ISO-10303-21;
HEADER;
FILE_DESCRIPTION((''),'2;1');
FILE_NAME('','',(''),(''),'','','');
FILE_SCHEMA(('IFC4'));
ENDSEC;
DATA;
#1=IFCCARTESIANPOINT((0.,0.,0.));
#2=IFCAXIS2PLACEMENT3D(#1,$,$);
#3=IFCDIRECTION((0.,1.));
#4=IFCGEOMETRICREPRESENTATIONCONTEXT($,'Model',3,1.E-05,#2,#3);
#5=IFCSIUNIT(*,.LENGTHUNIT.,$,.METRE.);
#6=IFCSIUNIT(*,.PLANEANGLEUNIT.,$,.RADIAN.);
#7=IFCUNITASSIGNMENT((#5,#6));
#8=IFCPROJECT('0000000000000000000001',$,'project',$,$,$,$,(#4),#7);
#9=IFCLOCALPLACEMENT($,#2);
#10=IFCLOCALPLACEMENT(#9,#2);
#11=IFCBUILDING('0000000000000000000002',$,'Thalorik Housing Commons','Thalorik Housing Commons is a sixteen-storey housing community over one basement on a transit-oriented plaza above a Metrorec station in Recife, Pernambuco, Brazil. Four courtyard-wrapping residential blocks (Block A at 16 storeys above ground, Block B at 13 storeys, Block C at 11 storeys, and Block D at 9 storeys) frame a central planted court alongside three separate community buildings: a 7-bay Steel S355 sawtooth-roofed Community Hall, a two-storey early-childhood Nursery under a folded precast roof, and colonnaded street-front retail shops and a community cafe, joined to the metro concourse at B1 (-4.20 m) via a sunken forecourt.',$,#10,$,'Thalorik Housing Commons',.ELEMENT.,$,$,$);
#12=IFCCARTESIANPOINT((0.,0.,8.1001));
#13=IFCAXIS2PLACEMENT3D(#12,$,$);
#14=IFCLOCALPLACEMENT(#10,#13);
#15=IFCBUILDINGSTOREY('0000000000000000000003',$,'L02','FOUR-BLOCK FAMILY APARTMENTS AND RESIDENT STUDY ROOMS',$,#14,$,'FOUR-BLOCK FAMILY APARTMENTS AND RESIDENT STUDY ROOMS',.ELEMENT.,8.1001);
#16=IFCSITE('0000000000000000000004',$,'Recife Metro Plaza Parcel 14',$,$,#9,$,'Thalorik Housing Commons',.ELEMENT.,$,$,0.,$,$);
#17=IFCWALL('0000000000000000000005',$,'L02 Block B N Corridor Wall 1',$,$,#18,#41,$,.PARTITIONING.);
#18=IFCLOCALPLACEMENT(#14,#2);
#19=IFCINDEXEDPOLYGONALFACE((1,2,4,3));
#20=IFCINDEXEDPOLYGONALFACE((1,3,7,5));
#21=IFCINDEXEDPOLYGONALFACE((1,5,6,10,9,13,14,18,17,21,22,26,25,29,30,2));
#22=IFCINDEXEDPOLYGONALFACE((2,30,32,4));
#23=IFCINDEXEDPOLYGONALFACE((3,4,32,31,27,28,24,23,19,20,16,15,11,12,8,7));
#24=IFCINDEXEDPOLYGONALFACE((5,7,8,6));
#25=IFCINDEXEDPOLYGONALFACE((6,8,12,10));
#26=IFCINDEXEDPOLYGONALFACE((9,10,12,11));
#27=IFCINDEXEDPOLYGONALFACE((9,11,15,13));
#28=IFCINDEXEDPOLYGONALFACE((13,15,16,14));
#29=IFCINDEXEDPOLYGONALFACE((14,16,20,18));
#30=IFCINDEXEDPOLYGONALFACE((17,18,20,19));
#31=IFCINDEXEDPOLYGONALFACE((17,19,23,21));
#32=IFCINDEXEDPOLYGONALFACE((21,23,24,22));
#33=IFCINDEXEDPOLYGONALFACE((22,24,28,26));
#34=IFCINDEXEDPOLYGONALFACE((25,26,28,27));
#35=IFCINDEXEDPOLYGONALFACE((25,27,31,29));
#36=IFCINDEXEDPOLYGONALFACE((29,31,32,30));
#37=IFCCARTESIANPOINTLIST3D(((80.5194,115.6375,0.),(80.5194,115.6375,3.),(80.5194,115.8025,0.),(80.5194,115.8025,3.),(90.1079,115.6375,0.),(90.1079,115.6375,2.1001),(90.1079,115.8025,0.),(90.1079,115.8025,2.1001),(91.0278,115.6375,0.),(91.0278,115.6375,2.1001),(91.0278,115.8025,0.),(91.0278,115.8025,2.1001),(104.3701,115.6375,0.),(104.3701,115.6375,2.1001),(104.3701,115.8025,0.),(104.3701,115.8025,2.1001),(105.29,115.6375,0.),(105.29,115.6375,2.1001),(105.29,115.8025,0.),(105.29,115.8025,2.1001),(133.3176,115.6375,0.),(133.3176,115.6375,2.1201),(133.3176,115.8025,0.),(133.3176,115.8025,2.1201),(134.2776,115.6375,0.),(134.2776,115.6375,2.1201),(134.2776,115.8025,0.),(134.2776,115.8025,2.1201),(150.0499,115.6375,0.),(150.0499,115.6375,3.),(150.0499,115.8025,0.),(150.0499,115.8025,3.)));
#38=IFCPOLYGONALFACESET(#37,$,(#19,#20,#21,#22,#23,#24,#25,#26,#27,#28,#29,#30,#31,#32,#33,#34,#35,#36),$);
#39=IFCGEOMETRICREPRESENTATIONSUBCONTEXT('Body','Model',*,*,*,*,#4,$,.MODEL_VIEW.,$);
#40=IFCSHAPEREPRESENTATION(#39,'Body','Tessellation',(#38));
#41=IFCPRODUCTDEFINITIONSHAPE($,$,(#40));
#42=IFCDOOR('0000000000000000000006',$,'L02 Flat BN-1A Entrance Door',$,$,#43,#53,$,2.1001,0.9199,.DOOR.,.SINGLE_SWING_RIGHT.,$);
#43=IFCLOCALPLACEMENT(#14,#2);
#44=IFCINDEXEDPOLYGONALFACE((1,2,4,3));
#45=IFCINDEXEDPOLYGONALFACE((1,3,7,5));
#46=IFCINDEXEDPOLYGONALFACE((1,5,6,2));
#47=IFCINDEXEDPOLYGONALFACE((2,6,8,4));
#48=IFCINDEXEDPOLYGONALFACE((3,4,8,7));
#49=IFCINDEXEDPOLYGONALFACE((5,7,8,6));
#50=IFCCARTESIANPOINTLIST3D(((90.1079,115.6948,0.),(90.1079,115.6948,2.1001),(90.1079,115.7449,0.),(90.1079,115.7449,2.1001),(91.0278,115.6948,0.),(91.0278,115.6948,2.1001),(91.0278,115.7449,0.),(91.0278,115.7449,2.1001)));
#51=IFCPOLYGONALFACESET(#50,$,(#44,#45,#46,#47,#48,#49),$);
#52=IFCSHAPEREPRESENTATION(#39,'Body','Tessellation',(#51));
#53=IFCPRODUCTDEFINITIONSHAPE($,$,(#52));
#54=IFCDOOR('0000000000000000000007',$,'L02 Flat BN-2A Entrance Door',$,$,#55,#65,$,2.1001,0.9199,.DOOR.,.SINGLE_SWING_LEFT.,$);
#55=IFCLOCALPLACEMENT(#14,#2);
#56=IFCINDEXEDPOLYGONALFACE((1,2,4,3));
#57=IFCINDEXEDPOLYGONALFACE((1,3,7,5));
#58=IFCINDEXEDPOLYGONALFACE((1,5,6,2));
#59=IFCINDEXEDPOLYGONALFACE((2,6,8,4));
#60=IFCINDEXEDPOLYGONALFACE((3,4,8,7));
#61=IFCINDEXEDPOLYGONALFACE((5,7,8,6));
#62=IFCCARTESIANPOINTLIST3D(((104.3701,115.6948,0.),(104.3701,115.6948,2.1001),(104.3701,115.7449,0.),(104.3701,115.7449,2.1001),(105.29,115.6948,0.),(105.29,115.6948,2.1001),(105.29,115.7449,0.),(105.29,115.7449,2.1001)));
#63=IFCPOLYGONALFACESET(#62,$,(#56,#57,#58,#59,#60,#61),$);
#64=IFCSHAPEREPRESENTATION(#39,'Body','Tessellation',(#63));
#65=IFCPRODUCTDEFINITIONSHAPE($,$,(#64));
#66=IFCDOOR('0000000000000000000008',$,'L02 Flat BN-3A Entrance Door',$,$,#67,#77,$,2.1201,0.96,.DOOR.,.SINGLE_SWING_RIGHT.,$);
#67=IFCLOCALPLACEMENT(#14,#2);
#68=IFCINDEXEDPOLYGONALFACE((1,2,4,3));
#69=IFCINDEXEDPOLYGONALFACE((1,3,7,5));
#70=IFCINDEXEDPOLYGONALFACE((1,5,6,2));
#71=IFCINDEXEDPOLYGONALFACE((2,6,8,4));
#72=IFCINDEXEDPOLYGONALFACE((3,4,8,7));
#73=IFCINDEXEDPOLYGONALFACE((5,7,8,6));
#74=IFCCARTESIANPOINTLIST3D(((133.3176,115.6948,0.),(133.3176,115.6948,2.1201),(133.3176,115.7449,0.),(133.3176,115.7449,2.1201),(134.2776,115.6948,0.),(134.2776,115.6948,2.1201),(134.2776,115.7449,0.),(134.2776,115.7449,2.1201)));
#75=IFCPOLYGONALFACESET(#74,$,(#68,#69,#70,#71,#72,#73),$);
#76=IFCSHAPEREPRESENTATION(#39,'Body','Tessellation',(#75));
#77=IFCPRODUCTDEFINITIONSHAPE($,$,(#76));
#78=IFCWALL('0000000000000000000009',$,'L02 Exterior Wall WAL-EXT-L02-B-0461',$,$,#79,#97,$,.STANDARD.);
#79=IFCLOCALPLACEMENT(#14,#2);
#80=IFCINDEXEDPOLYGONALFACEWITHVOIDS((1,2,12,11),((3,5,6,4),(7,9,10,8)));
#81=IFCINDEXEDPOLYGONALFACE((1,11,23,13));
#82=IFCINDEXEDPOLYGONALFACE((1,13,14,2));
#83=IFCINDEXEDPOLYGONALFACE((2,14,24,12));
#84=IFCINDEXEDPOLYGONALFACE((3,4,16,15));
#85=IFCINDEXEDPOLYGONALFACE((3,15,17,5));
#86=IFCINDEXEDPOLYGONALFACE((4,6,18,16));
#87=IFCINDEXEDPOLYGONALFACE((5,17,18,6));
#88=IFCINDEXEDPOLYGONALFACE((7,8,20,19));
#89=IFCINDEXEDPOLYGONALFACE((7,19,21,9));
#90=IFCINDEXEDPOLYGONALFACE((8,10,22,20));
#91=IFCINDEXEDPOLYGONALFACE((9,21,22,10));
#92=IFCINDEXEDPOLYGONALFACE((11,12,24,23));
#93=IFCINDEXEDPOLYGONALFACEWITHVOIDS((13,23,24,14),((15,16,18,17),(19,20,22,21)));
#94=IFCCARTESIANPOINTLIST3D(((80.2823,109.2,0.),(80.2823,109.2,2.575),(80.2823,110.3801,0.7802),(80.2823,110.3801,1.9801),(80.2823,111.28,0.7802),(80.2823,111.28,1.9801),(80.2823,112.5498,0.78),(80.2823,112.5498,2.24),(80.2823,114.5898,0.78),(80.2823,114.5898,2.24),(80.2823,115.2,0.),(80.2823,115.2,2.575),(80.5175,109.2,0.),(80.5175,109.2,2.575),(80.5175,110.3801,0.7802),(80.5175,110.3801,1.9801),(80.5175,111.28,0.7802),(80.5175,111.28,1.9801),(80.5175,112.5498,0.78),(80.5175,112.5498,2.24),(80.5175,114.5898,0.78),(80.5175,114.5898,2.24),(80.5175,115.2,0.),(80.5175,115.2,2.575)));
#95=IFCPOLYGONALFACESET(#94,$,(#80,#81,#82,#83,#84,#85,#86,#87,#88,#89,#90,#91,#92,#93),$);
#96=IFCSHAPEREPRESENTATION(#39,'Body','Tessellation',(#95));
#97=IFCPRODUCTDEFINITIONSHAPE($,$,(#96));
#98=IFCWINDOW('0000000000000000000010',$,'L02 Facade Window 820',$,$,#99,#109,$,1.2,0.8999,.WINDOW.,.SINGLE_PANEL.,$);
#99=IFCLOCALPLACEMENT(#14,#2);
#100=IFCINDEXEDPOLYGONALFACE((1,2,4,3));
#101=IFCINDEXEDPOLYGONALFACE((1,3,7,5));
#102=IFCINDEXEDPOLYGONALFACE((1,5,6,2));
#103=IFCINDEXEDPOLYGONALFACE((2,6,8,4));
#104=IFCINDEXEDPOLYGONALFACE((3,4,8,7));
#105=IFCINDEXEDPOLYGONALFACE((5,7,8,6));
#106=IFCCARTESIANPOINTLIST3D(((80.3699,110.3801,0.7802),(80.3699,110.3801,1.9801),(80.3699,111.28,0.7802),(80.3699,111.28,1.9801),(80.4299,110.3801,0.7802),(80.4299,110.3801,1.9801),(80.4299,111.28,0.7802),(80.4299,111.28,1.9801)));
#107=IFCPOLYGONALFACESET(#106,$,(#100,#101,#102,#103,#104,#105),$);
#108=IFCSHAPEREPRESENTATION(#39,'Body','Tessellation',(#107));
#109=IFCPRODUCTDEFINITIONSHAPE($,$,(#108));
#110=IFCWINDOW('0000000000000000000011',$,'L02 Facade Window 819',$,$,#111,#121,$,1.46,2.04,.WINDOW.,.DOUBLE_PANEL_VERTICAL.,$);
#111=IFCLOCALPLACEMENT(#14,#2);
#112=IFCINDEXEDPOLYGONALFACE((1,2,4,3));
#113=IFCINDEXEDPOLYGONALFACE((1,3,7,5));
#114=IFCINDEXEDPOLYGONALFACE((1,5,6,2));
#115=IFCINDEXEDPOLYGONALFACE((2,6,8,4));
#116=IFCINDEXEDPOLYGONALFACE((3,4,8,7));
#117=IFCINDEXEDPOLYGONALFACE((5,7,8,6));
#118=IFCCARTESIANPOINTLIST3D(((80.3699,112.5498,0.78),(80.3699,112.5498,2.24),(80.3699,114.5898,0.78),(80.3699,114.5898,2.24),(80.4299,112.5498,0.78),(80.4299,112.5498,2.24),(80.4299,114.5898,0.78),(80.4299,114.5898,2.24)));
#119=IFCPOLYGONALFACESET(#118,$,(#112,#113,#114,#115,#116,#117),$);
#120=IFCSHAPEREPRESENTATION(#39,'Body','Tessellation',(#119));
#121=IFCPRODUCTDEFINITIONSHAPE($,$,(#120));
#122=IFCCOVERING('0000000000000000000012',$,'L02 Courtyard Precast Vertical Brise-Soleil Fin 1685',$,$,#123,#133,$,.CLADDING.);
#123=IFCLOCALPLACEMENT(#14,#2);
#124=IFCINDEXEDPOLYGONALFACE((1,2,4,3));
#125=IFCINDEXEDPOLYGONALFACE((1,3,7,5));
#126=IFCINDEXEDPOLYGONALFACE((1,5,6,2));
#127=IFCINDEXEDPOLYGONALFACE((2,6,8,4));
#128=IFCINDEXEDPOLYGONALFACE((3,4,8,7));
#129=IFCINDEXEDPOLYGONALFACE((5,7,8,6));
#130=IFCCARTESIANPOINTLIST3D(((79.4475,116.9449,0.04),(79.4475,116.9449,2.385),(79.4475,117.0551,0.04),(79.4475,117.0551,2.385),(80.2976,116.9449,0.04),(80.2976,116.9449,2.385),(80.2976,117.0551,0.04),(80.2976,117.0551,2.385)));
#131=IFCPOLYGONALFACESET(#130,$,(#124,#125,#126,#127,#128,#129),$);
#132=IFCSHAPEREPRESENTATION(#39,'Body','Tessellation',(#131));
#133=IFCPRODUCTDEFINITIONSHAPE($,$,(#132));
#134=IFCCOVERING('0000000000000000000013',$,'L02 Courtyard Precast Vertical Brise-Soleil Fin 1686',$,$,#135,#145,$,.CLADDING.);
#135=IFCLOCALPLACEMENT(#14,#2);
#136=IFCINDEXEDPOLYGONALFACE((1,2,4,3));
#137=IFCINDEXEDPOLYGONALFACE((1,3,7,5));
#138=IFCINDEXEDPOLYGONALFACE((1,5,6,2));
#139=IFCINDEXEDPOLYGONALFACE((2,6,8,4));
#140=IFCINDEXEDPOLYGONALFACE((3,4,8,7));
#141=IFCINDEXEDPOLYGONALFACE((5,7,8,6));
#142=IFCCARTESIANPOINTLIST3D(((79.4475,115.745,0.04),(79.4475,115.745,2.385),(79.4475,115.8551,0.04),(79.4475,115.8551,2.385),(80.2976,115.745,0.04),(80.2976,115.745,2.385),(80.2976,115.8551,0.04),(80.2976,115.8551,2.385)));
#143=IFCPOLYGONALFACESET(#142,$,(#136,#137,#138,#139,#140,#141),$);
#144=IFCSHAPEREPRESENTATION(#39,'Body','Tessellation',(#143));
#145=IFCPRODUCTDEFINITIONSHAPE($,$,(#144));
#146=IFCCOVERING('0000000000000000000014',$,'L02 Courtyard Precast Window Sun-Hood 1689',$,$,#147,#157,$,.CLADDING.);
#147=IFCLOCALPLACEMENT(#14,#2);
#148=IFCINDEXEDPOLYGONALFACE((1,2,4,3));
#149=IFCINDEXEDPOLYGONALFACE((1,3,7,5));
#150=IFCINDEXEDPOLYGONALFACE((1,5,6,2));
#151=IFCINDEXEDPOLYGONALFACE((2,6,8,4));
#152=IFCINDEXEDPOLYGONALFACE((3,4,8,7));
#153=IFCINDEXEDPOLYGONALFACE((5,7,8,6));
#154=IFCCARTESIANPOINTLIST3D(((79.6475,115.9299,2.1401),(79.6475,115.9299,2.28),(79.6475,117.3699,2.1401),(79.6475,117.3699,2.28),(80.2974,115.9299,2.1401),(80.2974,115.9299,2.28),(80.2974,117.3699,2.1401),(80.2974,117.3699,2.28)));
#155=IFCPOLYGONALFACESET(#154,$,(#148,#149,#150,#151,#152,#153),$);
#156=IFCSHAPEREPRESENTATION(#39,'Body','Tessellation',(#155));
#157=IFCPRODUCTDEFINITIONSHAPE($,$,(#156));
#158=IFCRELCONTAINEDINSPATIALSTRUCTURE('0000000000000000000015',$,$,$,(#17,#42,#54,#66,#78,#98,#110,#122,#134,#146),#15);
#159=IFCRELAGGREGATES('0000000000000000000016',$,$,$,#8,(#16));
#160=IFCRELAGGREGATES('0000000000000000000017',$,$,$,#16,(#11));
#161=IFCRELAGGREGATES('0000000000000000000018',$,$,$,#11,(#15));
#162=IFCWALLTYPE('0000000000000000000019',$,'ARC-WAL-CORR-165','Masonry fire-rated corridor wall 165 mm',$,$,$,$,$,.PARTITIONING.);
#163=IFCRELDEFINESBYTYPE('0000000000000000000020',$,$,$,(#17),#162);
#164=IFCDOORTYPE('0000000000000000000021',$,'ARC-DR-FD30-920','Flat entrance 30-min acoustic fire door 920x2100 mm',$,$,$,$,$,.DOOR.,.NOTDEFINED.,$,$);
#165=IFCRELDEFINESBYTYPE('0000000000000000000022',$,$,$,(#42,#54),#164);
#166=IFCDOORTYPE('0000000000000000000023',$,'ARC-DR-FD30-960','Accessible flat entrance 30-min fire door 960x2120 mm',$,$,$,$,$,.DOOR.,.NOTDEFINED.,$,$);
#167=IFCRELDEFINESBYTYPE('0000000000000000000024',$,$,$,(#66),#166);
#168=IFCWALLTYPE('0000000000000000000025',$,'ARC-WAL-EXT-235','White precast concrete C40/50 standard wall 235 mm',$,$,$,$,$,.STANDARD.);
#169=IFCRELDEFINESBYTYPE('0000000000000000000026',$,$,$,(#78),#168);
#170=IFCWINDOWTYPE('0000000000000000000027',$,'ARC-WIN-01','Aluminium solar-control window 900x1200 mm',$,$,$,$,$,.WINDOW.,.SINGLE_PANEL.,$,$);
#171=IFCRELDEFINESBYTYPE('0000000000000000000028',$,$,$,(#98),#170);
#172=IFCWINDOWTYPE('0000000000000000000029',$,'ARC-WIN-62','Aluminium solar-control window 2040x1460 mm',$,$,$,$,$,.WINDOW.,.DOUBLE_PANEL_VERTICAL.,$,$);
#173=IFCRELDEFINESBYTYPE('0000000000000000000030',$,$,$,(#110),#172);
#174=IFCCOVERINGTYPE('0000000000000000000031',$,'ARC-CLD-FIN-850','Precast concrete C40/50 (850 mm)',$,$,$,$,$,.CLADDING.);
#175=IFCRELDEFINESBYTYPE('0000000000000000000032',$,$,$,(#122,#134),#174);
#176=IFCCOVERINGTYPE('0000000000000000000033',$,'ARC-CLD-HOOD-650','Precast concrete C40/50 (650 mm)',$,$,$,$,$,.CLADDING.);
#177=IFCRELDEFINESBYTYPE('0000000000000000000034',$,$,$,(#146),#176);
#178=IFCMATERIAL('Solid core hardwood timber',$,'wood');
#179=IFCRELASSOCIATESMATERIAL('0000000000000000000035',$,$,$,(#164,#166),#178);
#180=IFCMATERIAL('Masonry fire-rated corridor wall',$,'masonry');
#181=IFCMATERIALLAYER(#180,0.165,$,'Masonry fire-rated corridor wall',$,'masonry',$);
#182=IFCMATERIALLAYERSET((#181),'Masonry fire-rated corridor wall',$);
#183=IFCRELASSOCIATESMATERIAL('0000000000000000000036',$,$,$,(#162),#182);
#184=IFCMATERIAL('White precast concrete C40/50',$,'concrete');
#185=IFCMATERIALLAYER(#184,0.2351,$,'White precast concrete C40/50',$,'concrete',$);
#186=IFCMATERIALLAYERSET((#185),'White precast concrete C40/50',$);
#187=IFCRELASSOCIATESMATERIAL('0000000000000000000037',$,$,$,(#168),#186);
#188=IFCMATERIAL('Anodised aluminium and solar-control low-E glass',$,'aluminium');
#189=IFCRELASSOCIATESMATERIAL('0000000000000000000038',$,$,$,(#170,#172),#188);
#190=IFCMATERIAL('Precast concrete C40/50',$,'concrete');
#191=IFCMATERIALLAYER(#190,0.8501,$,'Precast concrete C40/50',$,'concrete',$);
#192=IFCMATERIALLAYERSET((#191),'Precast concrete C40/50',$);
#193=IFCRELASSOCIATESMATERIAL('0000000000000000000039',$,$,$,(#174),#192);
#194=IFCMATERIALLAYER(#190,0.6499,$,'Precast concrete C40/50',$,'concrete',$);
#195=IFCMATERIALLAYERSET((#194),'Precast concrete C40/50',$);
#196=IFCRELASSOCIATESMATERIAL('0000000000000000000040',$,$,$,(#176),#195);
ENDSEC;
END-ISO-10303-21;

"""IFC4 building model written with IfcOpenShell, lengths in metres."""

from ifc_helpers import new_model, si_unit, direction, frame, frame_2d, origin, origin_2d, place, context, subcontext, project, spatial, rectangle, extrude, material, layer, layer_set, type_object, element, fill, save


model = new_model("IFC4")

# Units and contexts
model_context = context("Model", 3, precision=1e-05, world=origin(), true_north=direction((0.0, 1.0)))
body_context = subcontext(model_context, "Body", "Model", "MODEL_VIEW")
ifc_project = project(units=[si_unit("LENGTHUNIT", "METRE"), si_unit("PLANEANGLEUNIT", "RADIAN")], contexts=[model_context])

# Site, building, storey
site_placement = place(None, origin())
site = spatial("IfcSite", under=ifc_project, at=site_placement, Name="Recife Metro Plaza Parcel 14", LongName="Thalorik Housing Commons", CompositionType="ELEMENT", RefElevation=0.0)
building_placement = place(site_placement, origin())
building = spatial("IfcBuilding", under=site, at=building_placement, Name="Thalorik Housing Commons", Description="Thalorik Housing Commons is a sixteen-storey housing community over one basement on a transit-oriented plaza above a Metrorec station in Recife, Pernambuco, Brazil. Four courtyard-wrapping residential blocks (Block A at 16 storeys above ground, Block B at 13 storeys, Block C at 11 storeys, and Block D at 9 storeys) frame a central planted court alongside three separate community buildings: a 7-bay Steel S355 sawtooth-roofed Community Hall, a two-storey early-childhood Nursery under a folded precast roof, and colonnaded street-front retail shops and a community cafe, joined to the metro concourse at B1 (-4.20 m) via a sunken forecourt.", LongName="Thalorik Housing Commons", CompositionType="ELEMENT")
storey_placement = place(building_placement, frame((0.0, 0.0, 8.1001)))
storey = spatial("IfcBuildingStorey", under=building, at=storey_placement, Name="L02", Description="FOUR-BLOCK FAMILY APARTMENTS AND RESIDENT STUDY ROOMS", LongName="FOUR-BLOCK FAMILY APARTMENTS AND RESIDENT STUDY ROOMS", CompositionType="ELEMENT", Elevation=8.1001)

# Shared definitions
ifc_material_1 = material(Name="Precast concrete C40/50", Category="concrete")

# Wall, openings, doors
ifc_material_2 = material(Name="Masonry fire-rated corridor wall", Category="masonry")
ifc_material_3 = material(Name="Solid core hardwood timber", Category="wood")
door_type_1 = type_object("IfcDoorType", Name="ARC-DR-FD30-920", Description="Flat entrance 30-min acoustic fire door 920x2100 mm", OperationType="NOTDEFINED", PredefinedType="DOOR", material=ifc_material_3)
ifc_layer_1 = layer(ifc_material_2, 0.165, Name="Masonry fire-rated corridor wall", Category="masonry")
ifc_layer_set_1 = layer_set([ifc_layer_1], Name="Masonry fire-rated corridor wall")
wall_type_1 = type_object("IfcWallType", Name="ARC-WAL-CORR-165", Description="Masonry fire-rated corridor wall 165 mm", PredefinedType="PARTITIONING", material=ifc_layer_set_1)
wall_1_placement = place(storey_placement, frame((80.5195, 115.72, 0.0), z_axis=(0.0, 0.0, 1.0), x_axis=(1.0, 0.0, 0.0)))
wall_1 = element("IfcWall", 1, at=wall_1_placement, inside=storey, type_object=wall_type_1, Name="L02 Block B N Corridor Wall 1", PredefinedType="PARTITIONING", context=body_context, shape_type="SweptSolid", body=[
    extrude(rectangle(XDim=69.5305, YDim=0.165, at=frame_2d((34.7651, 0.0))), origin(), (0.0, 0.0, 1.0), 3.0),
])
opening_1_placement = place(wall_1_placement, frame((9.5884, 0.0, 0.0)))
opening_1 = element("IfcOpeningElement", 2, at=opening_1_placement, cuts=wall_1, PredefinedType="OPENING", context=body_context, shape_type="SweptSolid", body=[
    extrude(rectangle(XDim=0.9199, YDim=2.1001, at=frame_2d((0.46, 1.05))), frame((0.0, 0.0925, 0.0), z_axis=(0.0, -1.0, 0.0), x_axis=(1.0, 0.0, 0.0)), (0.0, 0.0, 1.0), 0.1851),
])
opening_2_placement = place(wall_1_placement, frame((23.8506, 0.0, 0.0)))
opening_2 = element("IfcOpeningElement", 3, at=opening_2_placement, cuts=wall_1, PredefinedType="OPENING", context=body_context, shape_type="SweptSolid", body=[
    extrude(rectangle(XDim=0.9199, YDim=2.1001, at=frame_2d((0.46, 1.05))), frame((0.0, 0.0925, 0.0), z_axis=(0.0, -1.0, 0.0), x_axis=(1.0, 0.0, 0.0)), (0.0, 0.0, 1.0), 0.1851),
])
opening_3_placement = place(wall_1_placement, frame((52.7981, 0.0, 0.0)))
opening_3 = element("IfcOpeningElement", 4, at=opening_3_placement, cuts=wall_1, PredefinedType="OPENING", context=body_context, shape_type="SweptSolid", body=[
    extrude(rectangle(XDim=0.96, YDim=2.1201, at=frame_2d((0.48, 1.0601))), frame((0.0, 0.0925, 0.0), z_axis=(0.0, -1.0, 0.0), x_axis=(1.0, 0.0, 0.0)), (0.0, 0.0, 1.0), 0.1851),
])
door_1_placement = place(opening_1_placement, origin())
door_1 = element("IfcDoor", 5, at=door_1_placement, inside=storey, type_object=door_type_1, Name="L02 Flat BN-1A Entrance Door", OperationType="SINGLE_SWING_RIGHT", OverallHeight=2.1001, OverallWidth=0.9199, PredefinedType="DOOR", context=body_context, shape_type="SweptSolid", body=[
    extrude(rectangle(XDim=0.9199, YDim=2.1001, at=frame_2d((0.46, 1.05))), frame((0.0, 0.0249, 0.0), z_axis=(0.0, -1.0, 0.0), x_axis=(1.0, 0.0, 0.0)), (0.0, 0.0, 1.0), 0.05),
])
fill(opening_1, door_1)
door_2_placement = place(opening_2_placement, origin())
door_2 = element("IfcDoor", 6, at=door_2_placement, inside=storey, type_object=door_type_1, Name="L02 Flat BN-2A Entrance Door", OperationType="SINGLE_SWING_LEFT", OverallHeight=2.1001, OverallWidth=0.9199, PredefinedType="DOOR", context=body_context, shape_type="SweptSolid", body=[
    extrude(rectangle(XDim=0.9199, YDim=2.1001, at=frame_2d((0.46, 1.05))), frame((0.0, 0.0249, 0.0), z_axis=(0.0, -1.0, 0.0), x_axis=(1.0, 0.0, 0.0)), (0.0, 0.0, 1.0), 0.05),
])
fill(opening_2, door_2)
door_type_2 = type_object("IfcDoorType", Name="ARC-DR-FD30-960", Description="Accessible flat entrance 30-min fire door 960x2120 mm", OperationType="NOTDEFINED", PredefinedType="DOOR", material=ifc_material_3)
door_3_placement = place(opening_3_placement, origin())
door_3 = element("IfcDoor", 7, at=door_3_placement, inside=storey, type_object=door_type_2, Name="L02 Flat BN-3A Entrance Door", OperationType="SINGLE_SWING_RIGHT", OverallHeight=2.1201, OverallWidth=0.96, PredefinedType="DOOR", context=body_context, shape_type="SweptSolid", body=[
    extrude(rectangle(XDim=0.96, YDim=2.1201, at=frame_2d((0.48, 1.0601))), frame((0.0, 0.0249, 0.0), z_axis=(0.0, -1.0, 0.0), x_axis=(1.0, 0.0, 0.0)), (0.0, 0.0, 1.0), 0.05),
])
fill(opening_3, door_3)

# Wall, openings, windows
ifc_material_4 = material(Name="White precast concrete C40/50", Category="concrete")
ifc_layer_2 = layer(ifc_material_4, 0.2351, Name="White precast concrete C40/50", Category="concrete")
ifc_layer_set_2 = layer_set([ifc_layer_2], Name="White precast concrete C40/50")
wall_type_2 = type_object("IfcWallType", Name="ARC-WAL-EXT-235", Description="White precast concrete C40/50 standard wall 235 mm", PredefinedType="STANDARD", material=ifc_layer_set_2)
wall_2_placement = place(storey_placement, frame((80.3999, 115.2, 0.0), z_axis=(0.0, 0.0, 1.0), x_axis=(0.0, -1.0, 0.0)))
wall_2 = element("IfcWall", 8, at=wall_2_placement, inside=storey, type_object=wall_type_2, Name="L02 Exterior Wall WAL-EXT-L02-B-0461", PredefinedType="STANDARD", context=body_context, shape_type="SweptSolid", body=[
    extrude(rectangle(XDim=6.0, YDim=0.2351, at=frame_2d((3.0, 0.0))), origin(), (0.0, 0.0, 1.0), 2.575),
])
opening_4_placement = place(wall_2_placement, frame((0.6101, 0.0, 0.78)))
opening_4 = element("IfcOpeningElement", 9, at=opening_4_placement, cuts=wall_2, PredefinedType="OPENING", context=body_context, shape_type="SweptSolid", body=[
    extrude(rectangle(XDim=2.04, YDim=1.46, at=frame_2d((1.02, 0.73))), frame((0.0, 0.1274, 0.0), z_axis=(0.0, -1.0, 0.0), x_axis=(1.0, 0.0, 0.0)), (0.0, 0.0, 1.0), 0.2551),
])
opening_5_placement = place(wall_2_placement, frame((3.9199, 0.0, 0.78)))
opening_5 = element("IfcOpeningElement", 10, at=opening_5_placement, cuts=wall_2, PredefinedType="OPENING", context=body_context, shape_type="SweptSolid", body=[
    extrude(rectangle(XDim=0.8999, YDim=1.2, at=frame_2d((0.45, 0.6001))), frame((0.0, 0.1274, 0.0), z_axis=(0.0, -1.0, 0.0), x_axis=(1.0, 0.0, 0.0)), (0.0, 0.0, 1.0), 0.2551),
])
ifc_material_5 = material(Name="Anodised aluminium and solar-control low-E glass", Category="aluminium")
window_type_1 = type_object("IfcWindowType", Name="ARC-WIN-01", Description="Aluminium solar-control window 900x1200 mm", PartitioningType="SINGLE_PANEL", PredefinedType="WINDOW", material=ifc_material_5)
window_1_placement = place(opening_5_placement, origin())
window_1 = element("IfcWindow", 11, at=window_1_placement, inside=storey, type_object=window_type_1, Name="L02 Facade Window 820", OverallHeight=1.2, OverallWidth=0.8999, PartitioningType="SINGLE_PANEL", PredefinedType="WINDOW", context=body_context, shape_type="SweptSolid", body=[
    extrude(rectangle(XDim=0.8999, YDim=1.2, at=frame_2d((0.45, 0.6001))), frame((0.0, 0.03, 0.0), z_axis=(0.0, -1.0, 0.0), x_axis=(1.0, 0.0, 0.0)), (0.0, 0.0, 1.0), 0.0601),
])
fill(opening_5, window_1)
window_type_2 = type_object("IfcWindowType", Name="ARC-WIN-62", Description="Aluminium solar-control window 2040x1460 mm", PartitioningType="DOUBLE_PANEL_VERTICAL", PredefinedType="WINDOW", material=ifc_material_5)
window_2_placement = place(opening_4_placement, origin())
window_2 = element("IfcWindow", 12, at=window_2_placement, inside=storey, type_object=window_type_2, Name="L02 Facade Window 819", OverallHeight=1.46, OverallWidth=2.04, PartitioningType="DOUBLE_PANEL_VERTICAL", PredefinedType="WINDOW", context=body_context, shape_type="SweptSolid", body=[
    extrude(rectangle(XDim=2.04, YDim=1.46, at=frame_2d((1.02, 0.73))), frame((0.0, 0.03, 0.0), z_axis=(0.0, -1.0, 0.0), x_axis=(1.0, 0.0, 0.0)), (0.0, 0.0, 1.0), 0.0601),
])
fill(opening_4, window_2)

# Coverings
ifc_layer_3 = layer(ifc_material_1, 0.8501, Name="Precast concrete C40/50", Category="concrete")
ifc_layer_set_3 = layer_set([ifc_layer_3], Name="Precast concrete C40/50")
covering_type_1 = type_object("IfcCoveringType", Name="ARC-CLD-FIN-850", Description="Precast concrete C40/50 (850 mm)", PredefinedType="CLADDING", material=ifc_layer_set_3)
for number, where, z_axis, x_axis, name in (
    (13, (79.8726, 117.0, 0.04), (0.0, 0.0, 1.0), (0.0, -1.0, 0.0), "L02 Courtyard Precast Vertical Brise-Soleil Fin 1685"),
    (14, (79.8726, 115.8, 0.04), (0.0, 0.0, 1.0), (0.0, -1.0, 0.0), "L02 Courtyard Precast Vertical Brise-Soleil Fin 1686"),
):
    element("IfcCovering", number, at=place(storey_placement, frame(where, z_axis=z_axis, x_axis=x_axis)), inside=storey, type_object=covering_type_1, Name=name, PredefinedType="CLADDING", context=body_context, shape_type="SweptSolid", body=[
        extrude(rectangle(XDim=0.1101, YDim=0.8501, at=origin_2d()), origin(), (0.0, 0.0, 1.0), 2.345),
    ])
ifc_layer_4 = layer(ifc_material_1, 0.6499, Name="Precast concrete C40/50", Category="concrete")
ifc_layer_set_4 = layer_set([ifc_layer_4], Name="Precast concrete C40/50")
covering_type_2 = type_object("IfcCoveringType", Name="ARC-CLD-HOOD-650", Description="Precast concrete C40/50 (650 mm)", PredefinedType="CLADDING", material=ifc_layer_set_4)
covering_placement = place(storey_placement, frame((79.9724, 116.6499, 2.1401), z_axis=(0.0, 0.0, 1.0), x_axis=(0.0, -1.0, 0.0)))
element("IfcCovering", 15, at=covering_placement, inside=storey, type_object=covering_type_2, Name="L02 Courtyard Precast Window Sun-Hood 1689", PredefinedType="CLADDING", context=body_context, shape_type="SweptSolid", body=[
    extrude(rectangle(XDim=1.4399, YDim=0.6499, at=origin_2d()), origin(), (0.0, 0.0, 1.0), 0.1399),
])

save(model, "model.ifc")
